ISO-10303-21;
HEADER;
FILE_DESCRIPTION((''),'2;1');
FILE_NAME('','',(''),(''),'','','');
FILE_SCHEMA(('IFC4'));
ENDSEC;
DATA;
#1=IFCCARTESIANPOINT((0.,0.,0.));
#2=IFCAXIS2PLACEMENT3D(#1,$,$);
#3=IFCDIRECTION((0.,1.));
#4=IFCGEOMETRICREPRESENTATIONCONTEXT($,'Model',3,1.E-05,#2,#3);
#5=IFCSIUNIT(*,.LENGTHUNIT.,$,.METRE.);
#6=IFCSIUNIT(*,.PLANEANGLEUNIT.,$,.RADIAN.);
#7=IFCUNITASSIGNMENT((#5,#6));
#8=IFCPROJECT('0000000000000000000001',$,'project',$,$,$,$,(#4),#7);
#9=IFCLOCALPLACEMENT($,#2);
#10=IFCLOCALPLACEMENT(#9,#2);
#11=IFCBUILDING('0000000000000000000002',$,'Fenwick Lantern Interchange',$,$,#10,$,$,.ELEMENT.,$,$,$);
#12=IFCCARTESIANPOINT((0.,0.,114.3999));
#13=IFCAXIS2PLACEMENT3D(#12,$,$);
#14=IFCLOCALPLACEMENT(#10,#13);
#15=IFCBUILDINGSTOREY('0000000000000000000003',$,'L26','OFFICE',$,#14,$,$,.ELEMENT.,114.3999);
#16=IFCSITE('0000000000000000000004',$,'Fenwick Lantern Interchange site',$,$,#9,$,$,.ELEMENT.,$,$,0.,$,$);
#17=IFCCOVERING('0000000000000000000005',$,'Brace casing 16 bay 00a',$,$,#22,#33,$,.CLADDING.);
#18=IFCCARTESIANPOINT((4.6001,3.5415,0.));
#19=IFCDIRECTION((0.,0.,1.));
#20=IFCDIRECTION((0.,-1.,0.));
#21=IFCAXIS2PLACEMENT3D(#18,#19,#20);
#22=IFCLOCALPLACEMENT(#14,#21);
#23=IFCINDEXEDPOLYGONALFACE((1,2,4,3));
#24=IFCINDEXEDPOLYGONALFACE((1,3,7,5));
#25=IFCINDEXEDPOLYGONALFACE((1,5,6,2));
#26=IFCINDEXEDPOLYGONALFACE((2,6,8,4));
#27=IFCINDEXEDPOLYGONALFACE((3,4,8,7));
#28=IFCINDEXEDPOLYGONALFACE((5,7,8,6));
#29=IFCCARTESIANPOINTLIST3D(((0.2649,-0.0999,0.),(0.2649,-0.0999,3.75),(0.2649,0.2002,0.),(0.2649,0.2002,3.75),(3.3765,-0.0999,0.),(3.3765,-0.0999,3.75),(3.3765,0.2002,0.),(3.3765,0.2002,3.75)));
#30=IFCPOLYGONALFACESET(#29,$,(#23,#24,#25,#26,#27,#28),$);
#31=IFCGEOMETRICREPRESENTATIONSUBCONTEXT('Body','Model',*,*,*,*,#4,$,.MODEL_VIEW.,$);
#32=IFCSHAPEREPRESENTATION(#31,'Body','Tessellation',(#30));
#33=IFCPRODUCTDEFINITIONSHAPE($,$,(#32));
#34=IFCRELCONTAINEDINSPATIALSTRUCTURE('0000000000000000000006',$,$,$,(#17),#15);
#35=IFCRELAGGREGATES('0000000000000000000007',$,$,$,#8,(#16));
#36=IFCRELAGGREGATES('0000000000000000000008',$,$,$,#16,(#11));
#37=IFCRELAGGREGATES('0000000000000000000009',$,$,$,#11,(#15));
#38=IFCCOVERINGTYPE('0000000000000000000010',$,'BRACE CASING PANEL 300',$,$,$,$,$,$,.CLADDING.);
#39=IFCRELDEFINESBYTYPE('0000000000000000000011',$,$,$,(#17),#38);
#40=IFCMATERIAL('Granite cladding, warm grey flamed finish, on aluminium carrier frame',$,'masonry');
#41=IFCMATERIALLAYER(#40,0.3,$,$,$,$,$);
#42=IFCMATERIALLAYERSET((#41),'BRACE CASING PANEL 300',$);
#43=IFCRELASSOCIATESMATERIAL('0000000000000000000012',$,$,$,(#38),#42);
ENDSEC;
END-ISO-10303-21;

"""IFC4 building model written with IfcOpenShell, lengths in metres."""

from ifc_helpers import new_model, si_unit, direction, frame, origin, place, context, subcontext, project, spatial, polyline, outline, extrude, material, layer, layer_set, type_object, element, save


model = new_model("IFC4")

# Units and contexts
model_context = context("Model", 3, precision=1e-05, world=origin(), true_north=direction((0.0, 1.0)))
body_context = subcontext(model_context, "Body", "Model", "MODEL_VIEW")
ifc_project = project(units=[si_unit("LENGTHUNIT", "METRE"), si_unit("PLANEANGLEUNIT", "RADIAN")], contexts=[model_context])

# Site, building, storey
site_placement = place(None, origin())
site = spatial("IfcSite", under=ifc_project, at=site_placement, Name="Fenwick Lantern Interchange site", CompositionType="ELEMENT", RefElevation=0.0)
building_placement = place(site_placement, origin())
building = spatial("IfcBuilding", under=site, at=building_placement, Name="Fenwick Lantern Interchange", CompositionType="ELEMENT")
storey_placement = place(building_placement, frame((0.0, 0.0, 114.3999)))
storey = spatial("IfcBuildingStorey", under=building, at=storey_placement, Name="L26", Description="OFFICE", CompositionType="ELEMENT", Elevation=114.3999)

# Covering
ifc_material_1 = material(Name="Granite cladding, warm grey flamed finish, on aluminium carrier frame", Category="masonry")
ifc_layer = layer(ifc_material_1, 0.3)
ifc_layer_set = layer_set([ifc_layer], Name="BRACE CASING PANEL 300")
covering_type = type_object("IfcCoveringType", Name="BRACE CASING PANEL 300", PredefinedType="CLADDING", material=ifc_layer_set)
covering_placement = place(storey_placement, frame((4.6001, 3.5415, 0.0), z_axis=(0.0, 0.0, 1.0), x_axis=(0.0, -1.0, 0.0)))
element("IfcCovering", 1, at=covering_placement, inside=storey, type_object=covering_type, Name="Brace casing 16 bay 00a", PredefinedType="CLADDING", context=body_context, shape_type="SweptSolid", body=[
    extrude(outline(polyline([(0.2649, 0.0), (3.3765, 0.0), (3.3765, 3.75), (0.2649, 3.75), (0.2649, 0.0)])), frame((0.0, 0.2002, 0.0), z_axis=(0.0, -1.0, 0.0), x_axis=(1.0, 0.0, 0.0)), (0.0, 0.0, 1.0), 0.3),
])

save(model, "model.ifc")
